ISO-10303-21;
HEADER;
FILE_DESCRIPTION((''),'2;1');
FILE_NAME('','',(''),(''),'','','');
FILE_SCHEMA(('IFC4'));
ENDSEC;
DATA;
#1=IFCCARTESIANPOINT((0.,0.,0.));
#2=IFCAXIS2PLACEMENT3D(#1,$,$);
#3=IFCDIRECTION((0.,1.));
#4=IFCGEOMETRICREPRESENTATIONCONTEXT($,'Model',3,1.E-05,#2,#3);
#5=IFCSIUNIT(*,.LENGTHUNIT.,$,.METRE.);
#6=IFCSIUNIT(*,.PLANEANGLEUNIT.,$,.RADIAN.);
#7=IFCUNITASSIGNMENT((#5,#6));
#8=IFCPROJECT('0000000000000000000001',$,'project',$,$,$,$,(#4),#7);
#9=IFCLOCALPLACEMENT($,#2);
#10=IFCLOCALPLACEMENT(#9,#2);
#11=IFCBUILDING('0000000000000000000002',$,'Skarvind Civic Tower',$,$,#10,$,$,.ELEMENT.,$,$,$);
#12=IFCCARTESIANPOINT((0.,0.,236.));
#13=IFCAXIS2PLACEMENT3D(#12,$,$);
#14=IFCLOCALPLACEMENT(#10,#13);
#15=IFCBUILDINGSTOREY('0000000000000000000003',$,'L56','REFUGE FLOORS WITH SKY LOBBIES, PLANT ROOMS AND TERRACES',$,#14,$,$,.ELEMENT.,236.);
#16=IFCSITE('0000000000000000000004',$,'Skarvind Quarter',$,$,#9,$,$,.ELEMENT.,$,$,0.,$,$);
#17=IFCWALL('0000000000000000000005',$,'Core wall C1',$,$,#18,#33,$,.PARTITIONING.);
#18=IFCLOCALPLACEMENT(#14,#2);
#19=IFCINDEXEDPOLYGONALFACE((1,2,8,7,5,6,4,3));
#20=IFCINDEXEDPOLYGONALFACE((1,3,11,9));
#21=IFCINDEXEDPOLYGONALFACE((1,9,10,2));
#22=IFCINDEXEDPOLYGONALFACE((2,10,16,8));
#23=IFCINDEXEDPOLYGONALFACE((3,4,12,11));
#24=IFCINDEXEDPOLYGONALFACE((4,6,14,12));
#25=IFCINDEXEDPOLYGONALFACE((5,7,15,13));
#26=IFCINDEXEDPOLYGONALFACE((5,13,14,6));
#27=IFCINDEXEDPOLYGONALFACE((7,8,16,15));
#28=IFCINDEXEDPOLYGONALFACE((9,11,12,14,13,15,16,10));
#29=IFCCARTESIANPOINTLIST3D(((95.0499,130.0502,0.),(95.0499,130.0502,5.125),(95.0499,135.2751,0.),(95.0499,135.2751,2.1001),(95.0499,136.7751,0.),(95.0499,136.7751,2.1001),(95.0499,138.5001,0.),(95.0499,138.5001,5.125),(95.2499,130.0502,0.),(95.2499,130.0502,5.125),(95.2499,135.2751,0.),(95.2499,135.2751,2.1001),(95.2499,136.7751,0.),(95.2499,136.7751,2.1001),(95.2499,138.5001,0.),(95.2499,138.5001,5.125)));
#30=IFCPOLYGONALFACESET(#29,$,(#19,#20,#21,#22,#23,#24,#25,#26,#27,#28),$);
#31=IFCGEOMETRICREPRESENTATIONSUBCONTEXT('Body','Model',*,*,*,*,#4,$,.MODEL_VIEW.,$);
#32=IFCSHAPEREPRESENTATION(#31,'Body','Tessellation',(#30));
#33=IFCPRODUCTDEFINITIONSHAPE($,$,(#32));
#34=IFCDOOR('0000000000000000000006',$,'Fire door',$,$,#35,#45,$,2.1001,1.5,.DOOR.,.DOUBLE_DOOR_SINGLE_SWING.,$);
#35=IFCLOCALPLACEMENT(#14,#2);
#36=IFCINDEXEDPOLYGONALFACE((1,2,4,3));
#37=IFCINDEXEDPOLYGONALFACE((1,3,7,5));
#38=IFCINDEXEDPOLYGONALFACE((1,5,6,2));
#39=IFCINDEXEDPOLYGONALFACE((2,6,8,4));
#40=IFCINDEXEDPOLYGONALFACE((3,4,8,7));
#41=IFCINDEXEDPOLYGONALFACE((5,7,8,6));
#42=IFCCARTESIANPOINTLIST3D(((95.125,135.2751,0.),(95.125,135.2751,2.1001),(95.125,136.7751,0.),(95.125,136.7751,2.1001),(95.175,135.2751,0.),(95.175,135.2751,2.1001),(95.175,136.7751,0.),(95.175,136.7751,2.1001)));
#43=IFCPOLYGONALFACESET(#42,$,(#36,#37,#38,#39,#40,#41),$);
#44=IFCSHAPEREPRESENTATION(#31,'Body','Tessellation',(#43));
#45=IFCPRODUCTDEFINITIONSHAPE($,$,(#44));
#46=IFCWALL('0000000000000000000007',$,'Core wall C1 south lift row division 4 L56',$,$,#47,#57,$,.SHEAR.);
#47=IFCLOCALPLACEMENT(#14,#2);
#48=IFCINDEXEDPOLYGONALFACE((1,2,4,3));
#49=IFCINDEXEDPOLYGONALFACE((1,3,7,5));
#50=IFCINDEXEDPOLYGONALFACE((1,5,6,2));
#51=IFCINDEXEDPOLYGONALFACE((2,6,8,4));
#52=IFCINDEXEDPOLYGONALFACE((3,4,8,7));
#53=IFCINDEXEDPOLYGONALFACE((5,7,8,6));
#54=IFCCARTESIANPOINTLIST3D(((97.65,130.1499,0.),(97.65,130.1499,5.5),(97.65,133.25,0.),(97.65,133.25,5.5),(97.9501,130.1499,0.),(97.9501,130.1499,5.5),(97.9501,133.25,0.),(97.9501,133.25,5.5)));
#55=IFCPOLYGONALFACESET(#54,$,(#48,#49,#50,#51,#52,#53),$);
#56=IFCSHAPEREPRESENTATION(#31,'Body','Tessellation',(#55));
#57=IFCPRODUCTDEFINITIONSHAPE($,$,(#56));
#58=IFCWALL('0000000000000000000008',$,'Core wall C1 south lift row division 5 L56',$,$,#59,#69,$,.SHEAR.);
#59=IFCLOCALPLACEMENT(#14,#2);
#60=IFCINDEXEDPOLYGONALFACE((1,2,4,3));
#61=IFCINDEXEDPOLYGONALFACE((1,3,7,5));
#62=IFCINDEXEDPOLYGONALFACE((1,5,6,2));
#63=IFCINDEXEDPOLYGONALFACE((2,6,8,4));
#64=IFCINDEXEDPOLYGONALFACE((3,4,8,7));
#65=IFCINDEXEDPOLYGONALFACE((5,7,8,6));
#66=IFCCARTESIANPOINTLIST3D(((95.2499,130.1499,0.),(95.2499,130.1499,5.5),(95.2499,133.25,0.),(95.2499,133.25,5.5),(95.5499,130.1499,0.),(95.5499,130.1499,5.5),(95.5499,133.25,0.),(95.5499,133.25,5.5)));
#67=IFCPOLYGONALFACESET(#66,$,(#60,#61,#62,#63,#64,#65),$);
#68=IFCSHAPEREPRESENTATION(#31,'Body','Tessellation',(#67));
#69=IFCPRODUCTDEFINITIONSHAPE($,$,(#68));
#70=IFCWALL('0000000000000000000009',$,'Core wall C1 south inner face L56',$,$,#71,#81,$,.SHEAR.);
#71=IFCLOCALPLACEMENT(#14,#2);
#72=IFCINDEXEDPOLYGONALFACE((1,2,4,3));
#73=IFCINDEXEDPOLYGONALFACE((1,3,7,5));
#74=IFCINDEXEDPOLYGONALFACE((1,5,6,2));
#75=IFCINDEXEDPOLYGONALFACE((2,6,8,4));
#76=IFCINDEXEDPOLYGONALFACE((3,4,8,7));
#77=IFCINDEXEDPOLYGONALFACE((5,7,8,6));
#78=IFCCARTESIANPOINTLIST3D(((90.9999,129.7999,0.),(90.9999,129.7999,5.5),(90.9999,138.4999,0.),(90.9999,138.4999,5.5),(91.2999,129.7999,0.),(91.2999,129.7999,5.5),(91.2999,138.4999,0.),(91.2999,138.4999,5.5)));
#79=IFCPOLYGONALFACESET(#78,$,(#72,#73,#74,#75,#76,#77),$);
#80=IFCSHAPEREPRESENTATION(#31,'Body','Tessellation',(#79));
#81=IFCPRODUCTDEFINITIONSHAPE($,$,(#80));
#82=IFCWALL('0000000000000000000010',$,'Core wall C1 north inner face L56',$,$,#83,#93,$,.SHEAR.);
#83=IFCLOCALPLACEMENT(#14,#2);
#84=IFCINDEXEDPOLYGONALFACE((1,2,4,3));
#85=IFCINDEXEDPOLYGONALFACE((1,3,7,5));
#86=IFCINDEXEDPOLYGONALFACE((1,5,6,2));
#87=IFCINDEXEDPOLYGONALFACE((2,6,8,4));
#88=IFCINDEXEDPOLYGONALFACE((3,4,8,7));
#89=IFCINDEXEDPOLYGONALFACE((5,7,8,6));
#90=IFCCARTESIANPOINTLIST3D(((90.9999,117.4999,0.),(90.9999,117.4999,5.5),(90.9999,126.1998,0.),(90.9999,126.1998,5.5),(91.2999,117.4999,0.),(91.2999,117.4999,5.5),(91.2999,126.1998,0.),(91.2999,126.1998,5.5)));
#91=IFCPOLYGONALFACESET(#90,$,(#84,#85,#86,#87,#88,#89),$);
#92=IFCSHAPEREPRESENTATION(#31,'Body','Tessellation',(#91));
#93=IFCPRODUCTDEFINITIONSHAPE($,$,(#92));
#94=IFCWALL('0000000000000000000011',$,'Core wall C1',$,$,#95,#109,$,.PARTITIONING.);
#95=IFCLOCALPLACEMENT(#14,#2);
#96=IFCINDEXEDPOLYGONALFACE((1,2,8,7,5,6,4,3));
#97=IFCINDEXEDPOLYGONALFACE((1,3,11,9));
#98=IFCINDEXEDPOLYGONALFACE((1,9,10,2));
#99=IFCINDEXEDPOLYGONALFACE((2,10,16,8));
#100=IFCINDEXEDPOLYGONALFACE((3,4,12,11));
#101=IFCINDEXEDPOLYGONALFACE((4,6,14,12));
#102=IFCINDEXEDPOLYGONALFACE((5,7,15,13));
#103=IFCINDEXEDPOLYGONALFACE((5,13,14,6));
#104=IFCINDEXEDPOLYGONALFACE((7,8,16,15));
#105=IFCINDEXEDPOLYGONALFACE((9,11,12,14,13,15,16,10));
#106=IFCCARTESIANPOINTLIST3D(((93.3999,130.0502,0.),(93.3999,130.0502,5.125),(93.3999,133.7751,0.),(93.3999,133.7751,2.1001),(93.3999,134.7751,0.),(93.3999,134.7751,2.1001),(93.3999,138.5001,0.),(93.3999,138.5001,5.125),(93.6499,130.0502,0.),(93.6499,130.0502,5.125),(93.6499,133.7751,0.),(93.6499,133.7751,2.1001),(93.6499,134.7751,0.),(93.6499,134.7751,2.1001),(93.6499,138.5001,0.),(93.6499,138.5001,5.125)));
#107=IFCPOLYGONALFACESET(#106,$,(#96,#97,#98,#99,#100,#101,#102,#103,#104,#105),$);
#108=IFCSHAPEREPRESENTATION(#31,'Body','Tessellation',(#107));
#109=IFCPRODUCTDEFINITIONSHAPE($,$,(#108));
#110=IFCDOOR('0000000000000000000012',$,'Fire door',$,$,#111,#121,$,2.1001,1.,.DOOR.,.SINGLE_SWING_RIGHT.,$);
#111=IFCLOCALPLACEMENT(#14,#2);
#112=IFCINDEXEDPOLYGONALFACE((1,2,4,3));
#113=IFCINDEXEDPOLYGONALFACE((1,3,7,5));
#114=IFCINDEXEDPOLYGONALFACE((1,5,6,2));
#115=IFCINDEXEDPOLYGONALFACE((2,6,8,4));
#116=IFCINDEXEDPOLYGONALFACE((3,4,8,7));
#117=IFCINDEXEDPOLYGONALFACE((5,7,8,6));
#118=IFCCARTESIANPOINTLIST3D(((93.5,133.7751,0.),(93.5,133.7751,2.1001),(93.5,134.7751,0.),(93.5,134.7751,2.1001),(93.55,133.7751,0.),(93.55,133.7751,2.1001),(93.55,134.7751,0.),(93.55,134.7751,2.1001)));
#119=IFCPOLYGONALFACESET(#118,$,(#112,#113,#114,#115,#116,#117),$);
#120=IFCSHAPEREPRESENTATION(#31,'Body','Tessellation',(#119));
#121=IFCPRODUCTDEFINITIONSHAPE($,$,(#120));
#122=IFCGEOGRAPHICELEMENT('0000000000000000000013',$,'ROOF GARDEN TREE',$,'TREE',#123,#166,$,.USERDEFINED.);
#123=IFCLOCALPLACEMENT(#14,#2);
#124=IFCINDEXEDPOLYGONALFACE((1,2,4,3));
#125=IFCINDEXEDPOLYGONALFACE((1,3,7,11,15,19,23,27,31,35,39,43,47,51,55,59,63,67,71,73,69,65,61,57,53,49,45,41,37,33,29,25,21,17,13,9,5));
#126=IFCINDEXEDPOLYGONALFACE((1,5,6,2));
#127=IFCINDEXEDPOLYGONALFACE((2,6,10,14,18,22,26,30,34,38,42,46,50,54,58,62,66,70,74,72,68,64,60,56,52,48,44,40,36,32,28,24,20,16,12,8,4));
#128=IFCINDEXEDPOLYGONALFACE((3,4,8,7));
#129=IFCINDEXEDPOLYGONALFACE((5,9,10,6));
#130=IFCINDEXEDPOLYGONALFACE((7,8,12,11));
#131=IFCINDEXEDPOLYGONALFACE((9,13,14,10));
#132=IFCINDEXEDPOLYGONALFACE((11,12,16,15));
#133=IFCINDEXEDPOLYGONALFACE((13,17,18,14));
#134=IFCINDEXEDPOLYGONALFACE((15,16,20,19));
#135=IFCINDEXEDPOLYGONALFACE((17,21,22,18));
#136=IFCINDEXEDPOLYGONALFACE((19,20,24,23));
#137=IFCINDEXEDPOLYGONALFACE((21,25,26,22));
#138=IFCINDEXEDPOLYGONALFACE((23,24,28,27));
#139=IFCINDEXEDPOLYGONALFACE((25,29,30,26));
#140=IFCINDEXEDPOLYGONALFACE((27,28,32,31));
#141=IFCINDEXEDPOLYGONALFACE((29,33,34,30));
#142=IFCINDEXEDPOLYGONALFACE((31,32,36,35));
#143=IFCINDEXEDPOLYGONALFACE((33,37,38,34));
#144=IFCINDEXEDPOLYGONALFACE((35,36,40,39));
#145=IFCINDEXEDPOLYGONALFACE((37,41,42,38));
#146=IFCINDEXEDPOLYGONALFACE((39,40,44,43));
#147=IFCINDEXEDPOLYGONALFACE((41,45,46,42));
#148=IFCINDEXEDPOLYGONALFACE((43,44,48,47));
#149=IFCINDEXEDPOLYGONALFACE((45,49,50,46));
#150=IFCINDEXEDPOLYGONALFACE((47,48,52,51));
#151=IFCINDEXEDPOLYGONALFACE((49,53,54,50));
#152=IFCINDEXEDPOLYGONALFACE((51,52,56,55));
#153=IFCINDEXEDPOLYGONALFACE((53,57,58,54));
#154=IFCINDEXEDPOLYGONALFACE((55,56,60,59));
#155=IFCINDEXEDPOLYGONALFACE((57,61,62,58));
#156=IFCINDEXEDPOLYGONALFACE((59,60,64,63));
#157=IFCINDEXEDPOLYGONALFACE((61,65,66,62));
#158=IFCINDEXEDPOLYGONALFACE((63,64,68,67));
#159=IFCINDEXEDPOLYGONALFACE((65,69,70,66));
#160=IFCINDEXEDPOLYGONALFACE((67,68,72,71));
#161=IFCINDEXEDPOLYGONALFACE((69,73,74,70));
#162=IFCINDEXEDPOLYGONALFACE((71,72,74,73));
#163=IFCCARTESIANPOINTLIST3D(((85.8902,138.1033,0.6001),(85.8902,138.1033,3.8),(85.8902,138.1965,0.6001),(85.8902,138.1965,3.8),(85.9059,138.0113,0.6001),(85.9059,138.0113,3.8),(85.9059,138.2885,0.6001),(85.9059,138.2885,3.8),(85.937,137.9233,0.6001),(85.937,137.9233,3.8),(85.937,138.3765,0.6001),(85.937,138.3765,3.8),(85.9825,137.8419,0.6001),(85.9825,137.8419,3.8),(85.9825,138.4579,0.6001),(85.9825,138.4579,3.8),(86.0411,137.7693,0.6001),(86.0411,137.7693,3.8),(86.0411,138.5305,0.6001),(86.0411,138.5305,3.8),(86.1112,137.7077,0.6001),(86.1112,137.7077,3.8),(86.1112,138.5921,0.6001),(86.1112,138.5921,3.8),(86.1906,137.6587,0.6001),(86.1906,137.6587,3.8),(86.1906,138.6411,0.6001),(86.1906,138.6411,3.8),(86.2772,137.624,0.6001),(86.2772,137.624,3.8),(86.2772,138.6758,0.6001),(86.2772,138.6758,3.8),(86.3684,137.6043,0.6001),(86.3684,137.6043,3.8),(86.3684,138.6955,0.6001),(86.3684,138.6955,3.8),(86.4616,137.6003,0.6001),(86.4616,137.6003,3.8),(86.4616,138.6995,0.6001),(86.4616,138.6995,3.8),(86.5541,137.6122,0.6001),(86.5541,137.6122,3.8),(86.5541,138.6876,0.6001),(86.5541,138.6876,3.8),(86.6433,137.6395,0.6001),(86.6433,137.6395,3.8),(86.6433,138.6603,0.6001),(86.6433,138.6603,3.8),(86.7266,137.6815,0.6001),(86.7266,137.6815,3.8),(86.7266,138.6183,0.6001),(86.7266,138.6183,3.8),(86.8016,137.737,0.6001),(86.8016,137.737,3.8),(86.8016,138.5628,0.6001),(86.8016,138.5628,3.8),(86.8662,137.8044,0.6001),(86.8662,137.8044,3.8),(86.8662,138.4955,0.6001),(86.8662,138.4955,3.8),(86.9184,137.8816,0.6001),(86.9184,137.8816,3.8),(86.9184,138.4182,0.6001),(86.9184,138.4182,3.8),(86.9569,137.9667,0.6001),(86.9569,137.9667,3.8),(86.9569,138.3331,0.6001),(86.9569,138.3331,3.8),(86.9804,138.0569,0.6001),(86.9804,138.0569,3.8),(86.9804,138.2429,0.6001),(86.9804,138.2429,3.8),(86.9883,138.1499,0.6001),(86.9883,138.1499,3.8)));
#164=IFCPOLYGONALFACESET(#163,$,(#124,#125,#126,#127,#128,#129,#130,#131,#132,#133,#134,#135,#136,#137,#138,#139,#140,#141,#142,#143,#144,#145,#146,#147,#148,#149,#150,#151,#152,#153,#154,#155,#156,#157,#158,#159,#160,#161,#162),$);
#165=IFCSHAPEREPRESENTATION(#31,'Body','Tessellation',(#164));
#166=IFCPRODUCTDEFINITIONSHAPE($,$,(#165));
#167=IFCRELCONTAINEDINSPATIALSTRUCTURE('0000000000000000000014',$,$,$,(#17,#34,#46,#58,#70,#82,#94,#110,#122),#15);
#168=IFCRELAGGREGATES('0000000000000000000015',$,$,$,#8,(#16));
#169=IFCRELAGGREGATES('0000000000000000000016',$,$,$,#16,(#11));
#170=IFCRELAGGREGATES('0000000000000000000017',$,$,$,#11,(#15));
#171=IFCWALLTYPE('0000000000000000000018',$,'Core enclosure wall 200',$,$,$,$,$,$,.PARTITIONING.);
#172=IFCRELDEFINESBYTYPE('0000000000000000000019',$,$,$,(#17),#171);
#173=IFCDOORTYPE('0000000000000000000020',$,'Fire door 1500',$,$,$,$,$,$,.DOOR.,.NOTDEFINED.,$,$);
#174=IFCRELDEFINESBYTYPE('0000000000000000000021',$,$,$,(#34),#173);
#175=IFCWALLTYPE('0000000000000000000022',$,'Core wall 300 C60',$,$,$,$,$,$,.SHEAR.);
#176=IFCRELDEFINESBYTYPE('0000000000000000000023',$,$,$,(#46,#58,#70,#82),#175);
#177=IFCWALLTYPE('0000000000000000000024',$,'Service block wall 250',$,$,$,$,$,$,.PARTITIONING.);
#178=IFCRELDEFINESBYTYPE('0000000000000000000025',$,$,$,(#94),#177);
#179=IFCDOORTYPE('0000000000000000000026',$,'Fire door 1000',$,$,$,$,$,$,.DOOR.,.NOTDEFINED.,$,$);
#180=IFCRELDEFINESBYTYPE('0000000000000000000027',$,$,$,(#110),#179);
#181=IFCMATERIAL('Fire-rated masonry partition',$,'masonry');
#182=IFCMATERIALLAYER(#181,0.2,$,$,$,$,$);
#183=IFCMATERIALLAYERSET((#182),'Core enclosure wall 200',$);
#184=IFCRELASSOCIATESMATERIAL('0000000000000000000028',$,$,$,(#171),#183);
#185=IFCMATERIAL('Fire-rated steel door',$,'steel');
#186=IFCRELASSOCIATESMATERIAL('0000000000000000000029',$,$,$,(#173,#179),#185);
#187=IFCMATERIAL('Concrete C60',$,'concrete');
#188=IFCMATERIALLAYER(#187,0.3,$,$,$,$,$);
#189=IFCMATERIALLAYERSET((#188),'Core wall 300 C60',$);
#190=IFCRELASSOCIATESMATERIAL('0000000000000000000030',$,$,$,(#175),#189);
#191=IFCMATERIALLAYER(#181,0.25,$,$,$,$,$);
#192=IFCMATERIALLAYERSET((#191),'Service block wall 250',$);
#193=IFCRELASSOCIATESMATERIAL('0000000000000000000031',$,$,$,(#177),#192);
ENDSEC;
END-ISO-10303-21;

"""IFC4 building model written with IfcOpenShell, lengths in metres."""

from ifc_helpers import new_model, si_unit, direction, frame, frame_2d, origin, origin_2d, place, context, subcontext, project, spatial, rectangle, circle, extrude, material, layer, layer_set, type_object, element, fill, save


model = new_model("IFC4")

# Units and contexts
model_context = context("Model", 3, precision=1e-05, world=origin(), true_north=direction((0.0, 1.0)))
body_context = subcontext(model_context, "Body", "Model", "MODEL_VIEW")
ifc_project = project(units=[si_unit("LENGTHUNIT", "METRE"), si_unit("PLANEANGLEUNIT", "RADIAN")], contexts=[model_context])

# Site, building, storey
site_placement = place(None, origin())
site = spatial("IfcSite", under=ifc_project, at=site_placement, Name="Skarvind Quarter", CompositionType="ELEMENT", RefElevation=0.0)
building_placement = place(site_placement, origin())
building = spatial("IfcBuilding", under=site, at=building_placement, Name="Skarvind Civic Tower", CompositionType="ELEMENT")
storey_placement = place(building_placement, frame((0.0, 0.0, 236.0)))
storey = spatial("IfcBuildingStorey", under=building, at=storey_placement, Name="L56", Description="REFUGE FLOORS WITH SKY LOBBIES, PLANT ROOMS AND TERRACES", CompositionType="ELEMENT", Elevation=236.0)

# Shared definitions
ifc_material_1 = material(Name="Concrete C60", Category="concrete")

# Wall, opening, door
ifc_material_2 = material(Name="Fire-rated masonry partition", Category="masonry")
ifc_layer_1 = layer(ifc_material_2, 0.2)
ifc_layer_set_1 = layer_set([ifc_layer_1], Name="Core enclosure wall 200")
wall_type_1 = type_object("IfcWallType", Name="Core enclosure wall 200", PredefinedType="PARTITIONING", material=ifc_layer_set_1)
ifc_material_3 = material(Name="Fire-rated steel door", Category="steel")
wall_1_placement = place(storey_placement, frame((95.1499, 130.05, 0.0), z_axis=(0.0, 0.0, 1.0), x_axis=(0.0, 1.0, 0.0)))
wall_1 = element("IfcWall", 1, at=wall_1_placement, inside=storey, type_object=wall_type_1, Name="Core wall C1", PredefinedType="PARTITIONING", context=body_context, shape_type="SweptSolid", body=[
    extrude(rectangle(XDim=8.45, YDim=0.2, at=frame_2d((4.2251, 0.0))), origin(), (0.0, 0.0, 1.0), 5.125),
])
opening_1_placement = place(wall_1_placement, frame((5.2251, 0.0, 0.0)))
opening_1 = element("IfcOpeningElement", 2, at=opening_1_placement, cuts=wall_1, PredefinedType="OPENING", context=body_context, shape_type="SweptSolid", body=[
    extrude(rectangle(XDim=1.5, YDim=2.1001, at=frame_2d((0.75, 1.05))), frame((0.0, 0.1099, 0.0), z_axis=(0.0, -1.0, 0.0), x_axis=(1.0, 0.0, 0.0)), (0.0, 0.0, 1.0), 0.22),
])
door_type_1 = type_object("IfcDoorType", Name="Fire door 1500", OperationType="NOTDEFINED", PredefinedType="DOOR", material=ifc_material_3)
door_1_placement = place(opening_1_placement, origin())
door_1 = element("IfcDoor", 3, at=door_1_placement, inside=storey, type_object=door_type_1, Name="Fire door", OperationType="DOUBLE_DOOR_SINGLE_SWING", OverallHeight=2.1001, OverallWidth=1.5, PredefinedType="DOOR", context=body_context, shape_type="SweptSolid", body=[
    extrude(rectangle(XDim=1.5, YDim=2.1001, at=frame_2d((0.75, 1.05))), frame((0.0, 0.0249, 0.0), z_axis=(0.0, -1.0, 0.0), x_axis=(1.0, 0.0, 0.0)), (0.0, 0.0, 1.0), 0.05),
])
fill(opening_1, door_1)

# Walls
ifc_layer_2 = layer(ifc_material_1, 0.3)
ifc_layer_set_2 = layer_set([ifc_layer_2], Name="Core wall 300 C60")
wall_type_2 = type_object("IfcWallType", Name="Core wall 300 C60", PredefinedType="SHEAR", material=ifc_layer_set_2)
for number, where, z_axis, x_axis, name in (
    (4, (97.8, 133.25, 0.0), (0.0, 0.0, 1.0), (0.0, -1.0, 0.0), "Core wall C1 south lift row division 4 L56"),
    (5, (95.3999, 133.25, 0.0), (0.0, 0.0, 1.0), (0.0, -1.0, 0.0), "Core wall C1 south lift row division 5 L56"),
):
    element("IfcWall", number, at=place(storey_placement, frame(where, z_axis=z_axis, x_axis=x_axis)), inside=storey, type_object=wall_type_2, Name=name, PredefinedType="SHEAR", context=body_context, shape_type="SweptSolid", body=[
        extrude(rectangle(XDim=3.1001, YDim=0.3, at=frame_2d((1.55, 0.0))), origin(), (0.0, 0.0, 1.0), 5.5),
    ])
for number, where, z_axis, x_axis, name in (
    (6, (91.1499, 138.5, 0.0), (0.0, 0.0, 1.0), (0.0, -1.0, 0.0), "Core wall C1 south inner face L56"),
    (7, (91.1499, 126.2, 0.0), (0.0, 0.0, 1.0), (0.0, -1.0, 0.0), "Core wall C1 north inner face L56"),
):
    element("IfcWall", number, at=place(storey_placement, frame(where, z_axis=z_axis, x_axis=x_axis)), inside=storey, type_object=wall_type_2, Name=name, PredefinedType="SHEAR", context=body_context, shape_type="SweptSolid", body=[
        extrude(rectangle(XDim=8.7, YDim=0.3, at=frame_2d((4.3501, 0.0))), origin(), (0.0, 0.0, 1.0), 5.5),
    ])

# Wall, opening, door
ifc_layer_3 = layer(ifc_material_2, 0.25)
ifc_layer_set_3 = layer_set([ifc_layer_3], Name="Service block wall 250")
wall_type_3 = type_object("IfcWallType", Name="Service block wall 250", PredefinedType="PARTITIONING", material=ifc_layer_set_3)
wall_2_placement = place(storey_placement, frame((93.5249, 130.05, 0.0), z_axis=(0.0, 0.0, 1.0), x_axis=(0.0, 1.0, 0.0)))
wall_2 = element("IfcWall", 8, at=wall_2_placement, inside=storey, type_object=wall_type_3, Name="Core wall C1", PredefinedType="PARTITIONING", context=body_context, shape_type="SweptSolid", body=[
    extrude(rectangle(XDim=8.45, YDim=0.25, at=frame_2d((4.2251, 0.0))), origin(), (0.0, 0.0, 1.0), 5.125),
])
opening_2_placement = place(wall_2_placement, frame((3.7251, 0.0, 0.0)))
opening_2 = element("IfcOpeningElement", 9, at=opening_2_placement, cuts=wall_2, PredefinedType="OPENING", context=body_context, shape_type="SweptSolid", body=[
    extrude(rectangle(XDim=1.0, YDim=2.1001, at=frame_2d((0.5, 1.05))), frame((0.0, 0.135, 0.0), z_axis=(0.0, -1.0, 0.0), x_axis=(1.0, 0.0, 0.0)), (0.0, 0.0, 1.0), 0.27),
])
door_type_2 = type_object("IfcDoorType", Name="Fire door 1000", OperationType="NOTDEFINED", PredefinedType="DOOR", material=ifc_material_3)
door_2_placement = place(opening_2_placement, origin())
door_2 = element("IfcDoor", 10, at=door_2_placement, inside=storey, type_object=door_type_2, Name="Fire door", OperationType="SINGLE_SWING_RIGHT", OverallHeight=2.1001, OverallWidth=1.0, PredefinedType="DOOR", context=body_context, shape_type="SweptSolid", body=[
    extrude(rectangle(XDim=1.0, YDim=2.1001, at=frame_2d((0.5, 1.05))), frame((0.0, 0.0249, 0.0), z_axis=(0.0, -1.0, 0.0), x_axis=(1.0, 0.0, 0.0)), (0.0, 0.0, 1.0), 0.05),
])
fill(opening_2, door_2)

# Geographic element
geographic_element_placement = place(storey_placement, frame((86.4382, 138.1499, 0.6001), z_axis=(0.0, 0.0, 1.0), x_axis=(1.0, 0.0, 0.0)))
element("IfcGeographicElement", 11, at=geographic_element_placement, inside=storey, Name="ROOF GARDEN TREE", ObjectType="TREE", PredefinedType="USERDEFINED", context=body_context, shape_type="SweptSolid", body=[
    extrude(circle(Radius=0.55, at=origin_2d()), origin(), (0.0, 0.0, 1.0), 3.2),
])

save(model, "model.ifc")
